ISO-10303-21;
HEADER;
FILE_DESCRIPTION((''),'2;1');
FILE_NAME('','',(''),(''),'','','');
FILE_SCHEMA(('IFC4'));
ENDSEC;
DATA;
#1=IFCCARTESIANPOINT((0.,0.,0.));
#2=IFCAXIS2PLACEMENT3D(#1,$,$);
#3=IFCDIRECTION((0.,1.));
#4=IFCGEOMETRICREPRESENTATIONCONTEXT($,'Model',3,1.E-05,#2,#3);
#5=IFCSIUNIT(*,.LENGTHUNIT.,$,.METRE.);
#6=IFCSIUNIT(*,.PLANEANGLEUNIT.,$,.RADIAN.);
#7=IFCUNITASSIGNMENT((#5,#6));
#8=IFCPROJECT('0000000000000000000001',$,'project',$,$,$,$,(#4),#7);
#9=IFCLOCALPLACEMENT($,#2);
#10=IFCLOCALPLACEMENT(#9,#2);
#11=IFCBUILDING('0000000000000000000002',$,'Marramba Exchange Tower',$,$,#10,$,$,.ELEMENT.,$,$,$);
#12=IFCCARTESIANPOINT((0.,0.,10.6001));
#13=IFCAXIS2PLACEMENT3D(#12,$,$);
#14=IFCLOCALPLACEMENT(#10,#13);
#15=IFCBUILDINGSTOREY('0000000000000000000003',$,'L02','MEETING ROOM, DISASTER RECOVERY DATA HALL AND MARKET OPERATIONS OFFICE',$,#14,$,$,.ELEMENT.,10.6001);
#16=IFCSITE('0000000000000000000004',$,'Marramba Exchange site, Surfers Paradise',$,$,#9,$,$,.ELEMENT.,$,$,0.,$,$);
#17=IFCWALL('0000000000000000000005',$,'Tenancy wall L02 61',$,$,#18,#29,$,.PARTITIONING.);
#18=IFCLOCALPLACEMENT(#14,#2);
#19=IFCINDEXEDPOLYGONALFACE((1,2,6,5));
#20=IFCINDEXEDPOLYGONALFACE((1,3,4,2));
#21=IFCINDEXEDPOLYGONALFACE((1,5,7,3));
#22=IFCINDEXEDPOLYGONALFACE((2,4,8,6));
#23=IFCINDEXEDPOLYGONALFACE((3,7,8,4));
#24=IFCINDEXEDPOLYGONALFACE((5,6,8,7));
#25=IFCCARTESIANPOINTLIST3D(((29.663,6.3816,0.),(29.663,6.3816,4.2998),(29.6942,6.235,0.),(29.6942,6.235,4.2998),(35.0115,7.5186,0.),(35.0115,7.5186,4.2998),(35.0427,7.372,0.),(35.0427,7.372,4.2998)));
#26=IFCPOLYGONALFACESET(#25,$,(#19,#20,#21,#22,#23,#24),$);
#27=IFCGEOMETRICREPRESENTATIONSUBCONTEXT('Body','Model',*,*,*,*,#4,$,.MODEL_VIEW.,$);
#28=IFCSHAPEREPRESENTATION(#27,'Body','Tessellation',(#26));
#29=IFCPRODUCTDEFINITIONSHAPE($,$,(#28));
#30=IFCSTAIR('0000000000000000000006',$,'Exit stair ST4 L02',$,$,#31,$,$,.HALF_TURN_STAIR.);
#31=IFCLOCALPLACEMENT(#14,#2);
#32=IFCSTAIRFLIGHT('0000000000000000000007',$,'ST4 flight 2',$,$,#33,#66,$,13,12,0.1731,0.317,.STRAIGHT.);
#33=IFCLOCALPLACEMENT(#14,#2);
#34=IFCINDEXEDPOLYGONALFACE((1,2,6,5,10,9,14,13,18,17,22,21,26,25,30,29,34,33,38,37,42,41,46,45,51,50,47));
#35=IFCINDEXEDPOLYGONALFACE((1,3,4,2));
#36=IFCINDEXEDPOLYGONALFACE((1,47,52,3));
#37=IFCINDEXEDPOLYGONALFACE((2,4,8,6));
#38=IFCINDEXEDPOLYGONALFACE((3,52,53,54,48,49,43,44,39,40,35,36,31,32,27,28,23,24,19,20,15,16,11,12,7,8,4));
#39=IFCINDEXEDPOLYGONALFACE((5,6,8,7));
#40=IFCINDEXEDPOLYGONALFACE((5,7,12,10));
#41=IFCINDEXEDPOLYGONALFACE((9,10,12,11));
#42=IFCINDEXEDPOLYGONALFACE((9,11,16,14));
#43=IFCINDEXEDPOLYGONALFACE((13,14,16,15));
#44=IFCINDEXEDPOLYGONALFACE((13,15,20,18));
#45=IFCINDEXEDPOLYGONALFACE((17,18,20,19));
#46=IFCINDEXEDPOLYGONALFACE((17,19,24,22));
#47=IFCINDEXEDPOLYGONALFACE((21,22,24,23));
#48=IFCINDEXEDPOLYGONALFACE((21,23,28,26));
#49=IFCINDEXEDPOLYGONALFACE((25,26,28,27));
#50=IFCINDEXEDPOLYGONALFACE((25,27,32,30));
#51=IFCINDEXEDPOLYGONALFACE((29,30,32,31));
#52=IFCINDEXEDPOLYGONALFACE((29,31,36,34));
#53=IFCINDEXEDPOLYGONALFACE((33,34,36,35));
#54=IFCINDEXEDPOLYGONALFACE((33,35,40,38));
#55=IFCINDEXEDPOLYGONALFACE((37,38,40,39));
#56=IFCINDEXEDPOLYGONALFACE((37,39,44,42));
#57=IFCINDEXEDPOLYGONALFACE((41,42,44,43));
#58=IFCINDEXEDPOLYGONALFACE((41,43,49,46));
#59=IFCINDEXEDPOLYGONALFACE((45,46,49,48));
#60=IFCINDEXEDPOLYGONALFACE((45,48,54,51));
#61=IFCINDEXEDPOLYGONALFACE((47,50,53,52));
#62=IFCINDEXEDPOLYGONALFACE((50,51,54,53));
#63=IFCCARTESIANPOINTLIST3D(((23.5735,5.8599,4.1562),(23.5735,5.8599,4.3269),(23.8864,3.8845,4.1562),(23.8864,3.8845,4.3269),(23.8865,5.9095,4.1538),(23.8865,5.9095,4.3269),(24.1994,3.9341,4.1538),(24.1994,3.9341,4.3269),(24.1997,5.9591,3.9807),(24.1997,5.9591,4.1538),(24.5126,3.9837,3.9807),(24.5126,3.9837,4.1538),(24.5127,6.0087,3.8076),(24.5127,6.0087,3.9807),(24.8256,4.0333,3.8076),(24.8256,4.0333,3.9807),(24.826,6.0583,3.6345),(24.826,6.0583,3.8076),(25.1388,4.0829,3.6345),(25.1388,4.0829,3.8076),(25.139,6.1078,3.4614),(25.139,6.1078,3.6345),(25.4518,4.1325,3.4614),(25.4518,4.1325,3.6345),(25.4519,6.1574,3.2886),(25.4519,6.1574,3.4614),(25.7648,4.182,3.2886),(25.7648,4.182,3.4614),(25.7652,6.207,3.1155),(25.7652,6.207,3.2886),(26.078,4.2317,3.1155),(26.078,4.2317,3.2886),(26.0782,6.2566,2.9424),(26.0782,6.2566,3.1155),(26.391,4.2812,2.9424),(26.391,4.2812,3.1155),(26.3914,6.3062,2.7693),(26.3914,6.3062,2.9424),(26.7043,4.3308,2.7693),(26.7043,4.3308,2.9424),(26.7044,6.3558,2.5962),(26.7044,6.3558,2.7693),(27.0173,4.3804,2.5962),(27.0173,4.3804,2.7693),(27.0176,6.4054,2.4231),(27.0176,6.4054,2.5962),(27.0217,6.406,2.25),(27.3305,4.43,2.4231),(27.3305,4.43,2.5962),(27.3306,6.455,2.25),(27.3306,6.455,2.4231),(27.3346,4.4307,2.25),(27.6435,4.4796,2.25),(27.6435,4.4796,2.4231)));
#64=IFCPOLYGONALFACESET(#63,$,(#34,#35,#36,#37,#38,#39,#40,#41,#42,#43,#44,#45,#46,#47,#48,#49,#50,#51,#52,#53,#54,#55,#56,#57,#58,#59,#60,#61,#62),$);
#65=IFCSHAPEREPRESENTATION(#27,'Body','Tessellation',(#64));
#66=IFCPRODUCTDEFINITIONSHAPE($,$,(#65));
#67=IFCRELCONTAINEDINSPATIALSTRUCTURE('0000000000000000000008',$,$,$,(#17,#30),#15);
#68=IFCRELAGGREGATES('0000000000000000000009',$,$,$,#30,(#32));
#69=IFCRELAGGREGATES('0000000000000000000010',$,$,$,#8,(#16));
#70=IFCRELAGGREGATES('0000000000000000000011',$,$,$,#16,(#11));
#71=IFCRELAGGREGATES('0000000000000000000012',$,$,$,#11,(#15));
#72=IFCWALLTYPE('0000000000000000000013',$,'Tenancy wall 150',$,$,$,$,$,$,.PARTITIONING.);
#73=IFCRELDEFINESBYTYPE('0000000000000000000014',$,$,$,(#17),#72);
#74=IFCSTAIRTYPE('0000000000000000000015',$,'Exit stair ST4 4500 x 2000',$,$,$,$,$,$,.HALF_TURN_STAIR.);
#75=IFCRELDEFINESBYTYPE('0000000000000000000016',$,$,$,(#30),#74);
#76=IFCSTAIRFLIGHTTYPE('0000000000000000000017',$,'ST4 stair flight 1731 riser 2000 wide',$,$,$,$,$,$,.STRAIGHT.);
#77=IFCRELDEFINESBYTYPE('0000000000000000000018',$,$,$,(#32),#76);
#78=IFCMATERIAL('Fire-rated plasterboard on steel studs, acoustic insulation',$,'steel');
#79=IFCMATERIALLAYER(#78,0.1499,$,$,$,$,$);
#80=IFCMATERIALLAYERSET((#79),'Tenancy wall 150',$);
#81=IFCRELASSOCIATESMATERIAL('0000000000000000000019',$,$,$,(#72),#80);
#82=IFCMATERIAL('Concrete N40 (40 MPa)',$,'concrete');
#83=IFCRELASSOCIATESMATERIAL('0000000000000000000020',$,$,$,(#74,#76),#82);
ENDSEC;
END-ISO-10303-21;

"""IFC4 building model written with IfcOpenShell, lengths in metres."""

from ifc_helpers import new_model, si_unit, direction, frame, frame_2d, origin, place, context, subcontext, project, spatial, polyline, rectangle, outline, extrude, material, layer, layer_set, type_object, element, aggregate, save


model = new_model("IFC4")

# Units and contexts
model_context = context("Model", 3, precision=1e-05, world=origin(), true_north=direction((0.0, 1.0)))
body_context = subcontext(model_context, "Body", "Model", "MODEL_VIEW")
ifc_project = project(units=[si_unit("LENGTHUNIT", "METRE"), si_unit("PLANEANGLEUNIT", "RADIAN")], contexts=[model_context])

# Site, building, storey
site_placement = place(None, origin())
site = spatial("IfcSite", under=ifc_project, at=site_placement, Name="Marramba Exchange site, Surfers Paradise", CompositionType="ELEMENT", RefElevation=0.0)
building_placement = place(site_placement, origin())
building = spatial("IfcBuilding", under=site, at=building_placement, Name="Marramba Exchange Tower", CompositionType="ELEMENT")
storey_placement = place(building_placement, frame((0.0, 0.0, 10.6001)))
storey = spatial("IfcBuildingStorey", under=building, at=storey_placement, Name="L02", Description="MEETING ROOM, DISASTER RECOVERY DATA HALL AND MARKET OPERATIONS OFFICE", CompositionType="ELEMENT", Elevation=10.6001)

# Wall
ifc_material_1 = material(Name="Fire-rated plasterboard on steel studs, acoustic insulation", Category="steel")
ifc_layer_1 = layer(ifc_material_1, 0.1499)
ifc_layer_set_1 = layer_set([ifc_layer_1], Name="Tenancy wall 150")
wall_type_1 = type_object("IfcWallType", Name="Tenancy wall 150", PredefinedType="PARTITIONING", material=ifc_layer_set_1)
wall_1_placement = place(storey_placement, frame((29.6787, 6.3083, 0.0), z_axis=(0.0, 0.0, 1.0), x_axis=(0.978143, 0.207934, 0.0)))
element("IfcWall", 1, at=wall_1_placement, inside=storey, type_object=wall_type_1, Name="Tenancy wall L02 61", PredefinedType="PARTITIONING", context=body_context, shape_type="SweptSolid", body=[
    extrude(rectangle(XDim=5.468, YDim=0.1499, at=frame_2d((2.7339, 0.0))), origin(), (0.0, 0.0, 1.0), 4.2998),
])

# Stair, stair flight
ifc_material_2 = material(Name="Concrete N40 (40 MPa)", Category="concrete")
stair_type = type_object("IfcStairType", Name="Exit stair ST4 4500 x 2000", PredefinedType="HALF_TURN_STAIR", material=ifc_material_2)
stair_placement = place(storey_placement, origin())
stair = element("IfcStair", 2, at=stair_placement, inside=storey, type_object=stair_type, Name="Exit stair ST4 L02", PredefinedType="HALF_TURN_STAIR")
stair_flight_type = type_object("IfcStairFlightType", Name="ST4 stair flight 1731 riser 2000 wide", PredefinedType="STRAIGHT", material=ifc_material_2)
stair_flight_placement = place(storey_placement, frame((27.4871, 5.4673, 2.25), z_axis=(0.0, 0.0, 1.0), x_axis=(-0.987688, -0.156434, 0.0)))
stair_flight = element("IfcStairFlight", 3, at=stair_flight_placement, type_object=stair_flight_type, Name="ST4 flight 2", NumberOfRisers=13, NumberOfTreads=12, PredefinedType="STRAIGHT", RiserHeight=0.1731, TreadLength=0.317, context=body_context, shape_type="SweptSolid", body=[
    extrude(outline(polyline([(0.0, 0.0), (0.0, 0.1731), (0.3169, 0.1731), (0.3169, 0.3462), (0.634, 0.3462), (0.634, 0.5193), (0.9509, 0.5193), (0.9509, 0.6924), (1.2681, 0.6924), (1.2681, 0.8655), (1.585, 0.8655), (1.585, 1.0386), (1.9021, 1.0386), (1.9021, 1.2114), (2.219, 1.2114), (2.219, 1.3845), (2.5359, 1.3845), (2.5359, 1.5576), (2.853, 1.5576), (2.853, 1.7307), (3.1699, 1.7307), (3.1699, 1.9038), (3.4871, 1.9038), (3.4871, 2.0769), (3.804, 2.0769), (3.804, 2.25), (3.804, 1.9062), (0.3127, 0.0), (0.0, 0.0)])), frame((0.0, 1.0, 0.0), z_axis=(0.0, -1.0, 0.0), x_axis=(1.0, 0.0, 0.0)), (0.0, 0.0, 1.0), 2.0),
])
aggregate(stair, [stair_flight])

save(model, "model.ifc")
